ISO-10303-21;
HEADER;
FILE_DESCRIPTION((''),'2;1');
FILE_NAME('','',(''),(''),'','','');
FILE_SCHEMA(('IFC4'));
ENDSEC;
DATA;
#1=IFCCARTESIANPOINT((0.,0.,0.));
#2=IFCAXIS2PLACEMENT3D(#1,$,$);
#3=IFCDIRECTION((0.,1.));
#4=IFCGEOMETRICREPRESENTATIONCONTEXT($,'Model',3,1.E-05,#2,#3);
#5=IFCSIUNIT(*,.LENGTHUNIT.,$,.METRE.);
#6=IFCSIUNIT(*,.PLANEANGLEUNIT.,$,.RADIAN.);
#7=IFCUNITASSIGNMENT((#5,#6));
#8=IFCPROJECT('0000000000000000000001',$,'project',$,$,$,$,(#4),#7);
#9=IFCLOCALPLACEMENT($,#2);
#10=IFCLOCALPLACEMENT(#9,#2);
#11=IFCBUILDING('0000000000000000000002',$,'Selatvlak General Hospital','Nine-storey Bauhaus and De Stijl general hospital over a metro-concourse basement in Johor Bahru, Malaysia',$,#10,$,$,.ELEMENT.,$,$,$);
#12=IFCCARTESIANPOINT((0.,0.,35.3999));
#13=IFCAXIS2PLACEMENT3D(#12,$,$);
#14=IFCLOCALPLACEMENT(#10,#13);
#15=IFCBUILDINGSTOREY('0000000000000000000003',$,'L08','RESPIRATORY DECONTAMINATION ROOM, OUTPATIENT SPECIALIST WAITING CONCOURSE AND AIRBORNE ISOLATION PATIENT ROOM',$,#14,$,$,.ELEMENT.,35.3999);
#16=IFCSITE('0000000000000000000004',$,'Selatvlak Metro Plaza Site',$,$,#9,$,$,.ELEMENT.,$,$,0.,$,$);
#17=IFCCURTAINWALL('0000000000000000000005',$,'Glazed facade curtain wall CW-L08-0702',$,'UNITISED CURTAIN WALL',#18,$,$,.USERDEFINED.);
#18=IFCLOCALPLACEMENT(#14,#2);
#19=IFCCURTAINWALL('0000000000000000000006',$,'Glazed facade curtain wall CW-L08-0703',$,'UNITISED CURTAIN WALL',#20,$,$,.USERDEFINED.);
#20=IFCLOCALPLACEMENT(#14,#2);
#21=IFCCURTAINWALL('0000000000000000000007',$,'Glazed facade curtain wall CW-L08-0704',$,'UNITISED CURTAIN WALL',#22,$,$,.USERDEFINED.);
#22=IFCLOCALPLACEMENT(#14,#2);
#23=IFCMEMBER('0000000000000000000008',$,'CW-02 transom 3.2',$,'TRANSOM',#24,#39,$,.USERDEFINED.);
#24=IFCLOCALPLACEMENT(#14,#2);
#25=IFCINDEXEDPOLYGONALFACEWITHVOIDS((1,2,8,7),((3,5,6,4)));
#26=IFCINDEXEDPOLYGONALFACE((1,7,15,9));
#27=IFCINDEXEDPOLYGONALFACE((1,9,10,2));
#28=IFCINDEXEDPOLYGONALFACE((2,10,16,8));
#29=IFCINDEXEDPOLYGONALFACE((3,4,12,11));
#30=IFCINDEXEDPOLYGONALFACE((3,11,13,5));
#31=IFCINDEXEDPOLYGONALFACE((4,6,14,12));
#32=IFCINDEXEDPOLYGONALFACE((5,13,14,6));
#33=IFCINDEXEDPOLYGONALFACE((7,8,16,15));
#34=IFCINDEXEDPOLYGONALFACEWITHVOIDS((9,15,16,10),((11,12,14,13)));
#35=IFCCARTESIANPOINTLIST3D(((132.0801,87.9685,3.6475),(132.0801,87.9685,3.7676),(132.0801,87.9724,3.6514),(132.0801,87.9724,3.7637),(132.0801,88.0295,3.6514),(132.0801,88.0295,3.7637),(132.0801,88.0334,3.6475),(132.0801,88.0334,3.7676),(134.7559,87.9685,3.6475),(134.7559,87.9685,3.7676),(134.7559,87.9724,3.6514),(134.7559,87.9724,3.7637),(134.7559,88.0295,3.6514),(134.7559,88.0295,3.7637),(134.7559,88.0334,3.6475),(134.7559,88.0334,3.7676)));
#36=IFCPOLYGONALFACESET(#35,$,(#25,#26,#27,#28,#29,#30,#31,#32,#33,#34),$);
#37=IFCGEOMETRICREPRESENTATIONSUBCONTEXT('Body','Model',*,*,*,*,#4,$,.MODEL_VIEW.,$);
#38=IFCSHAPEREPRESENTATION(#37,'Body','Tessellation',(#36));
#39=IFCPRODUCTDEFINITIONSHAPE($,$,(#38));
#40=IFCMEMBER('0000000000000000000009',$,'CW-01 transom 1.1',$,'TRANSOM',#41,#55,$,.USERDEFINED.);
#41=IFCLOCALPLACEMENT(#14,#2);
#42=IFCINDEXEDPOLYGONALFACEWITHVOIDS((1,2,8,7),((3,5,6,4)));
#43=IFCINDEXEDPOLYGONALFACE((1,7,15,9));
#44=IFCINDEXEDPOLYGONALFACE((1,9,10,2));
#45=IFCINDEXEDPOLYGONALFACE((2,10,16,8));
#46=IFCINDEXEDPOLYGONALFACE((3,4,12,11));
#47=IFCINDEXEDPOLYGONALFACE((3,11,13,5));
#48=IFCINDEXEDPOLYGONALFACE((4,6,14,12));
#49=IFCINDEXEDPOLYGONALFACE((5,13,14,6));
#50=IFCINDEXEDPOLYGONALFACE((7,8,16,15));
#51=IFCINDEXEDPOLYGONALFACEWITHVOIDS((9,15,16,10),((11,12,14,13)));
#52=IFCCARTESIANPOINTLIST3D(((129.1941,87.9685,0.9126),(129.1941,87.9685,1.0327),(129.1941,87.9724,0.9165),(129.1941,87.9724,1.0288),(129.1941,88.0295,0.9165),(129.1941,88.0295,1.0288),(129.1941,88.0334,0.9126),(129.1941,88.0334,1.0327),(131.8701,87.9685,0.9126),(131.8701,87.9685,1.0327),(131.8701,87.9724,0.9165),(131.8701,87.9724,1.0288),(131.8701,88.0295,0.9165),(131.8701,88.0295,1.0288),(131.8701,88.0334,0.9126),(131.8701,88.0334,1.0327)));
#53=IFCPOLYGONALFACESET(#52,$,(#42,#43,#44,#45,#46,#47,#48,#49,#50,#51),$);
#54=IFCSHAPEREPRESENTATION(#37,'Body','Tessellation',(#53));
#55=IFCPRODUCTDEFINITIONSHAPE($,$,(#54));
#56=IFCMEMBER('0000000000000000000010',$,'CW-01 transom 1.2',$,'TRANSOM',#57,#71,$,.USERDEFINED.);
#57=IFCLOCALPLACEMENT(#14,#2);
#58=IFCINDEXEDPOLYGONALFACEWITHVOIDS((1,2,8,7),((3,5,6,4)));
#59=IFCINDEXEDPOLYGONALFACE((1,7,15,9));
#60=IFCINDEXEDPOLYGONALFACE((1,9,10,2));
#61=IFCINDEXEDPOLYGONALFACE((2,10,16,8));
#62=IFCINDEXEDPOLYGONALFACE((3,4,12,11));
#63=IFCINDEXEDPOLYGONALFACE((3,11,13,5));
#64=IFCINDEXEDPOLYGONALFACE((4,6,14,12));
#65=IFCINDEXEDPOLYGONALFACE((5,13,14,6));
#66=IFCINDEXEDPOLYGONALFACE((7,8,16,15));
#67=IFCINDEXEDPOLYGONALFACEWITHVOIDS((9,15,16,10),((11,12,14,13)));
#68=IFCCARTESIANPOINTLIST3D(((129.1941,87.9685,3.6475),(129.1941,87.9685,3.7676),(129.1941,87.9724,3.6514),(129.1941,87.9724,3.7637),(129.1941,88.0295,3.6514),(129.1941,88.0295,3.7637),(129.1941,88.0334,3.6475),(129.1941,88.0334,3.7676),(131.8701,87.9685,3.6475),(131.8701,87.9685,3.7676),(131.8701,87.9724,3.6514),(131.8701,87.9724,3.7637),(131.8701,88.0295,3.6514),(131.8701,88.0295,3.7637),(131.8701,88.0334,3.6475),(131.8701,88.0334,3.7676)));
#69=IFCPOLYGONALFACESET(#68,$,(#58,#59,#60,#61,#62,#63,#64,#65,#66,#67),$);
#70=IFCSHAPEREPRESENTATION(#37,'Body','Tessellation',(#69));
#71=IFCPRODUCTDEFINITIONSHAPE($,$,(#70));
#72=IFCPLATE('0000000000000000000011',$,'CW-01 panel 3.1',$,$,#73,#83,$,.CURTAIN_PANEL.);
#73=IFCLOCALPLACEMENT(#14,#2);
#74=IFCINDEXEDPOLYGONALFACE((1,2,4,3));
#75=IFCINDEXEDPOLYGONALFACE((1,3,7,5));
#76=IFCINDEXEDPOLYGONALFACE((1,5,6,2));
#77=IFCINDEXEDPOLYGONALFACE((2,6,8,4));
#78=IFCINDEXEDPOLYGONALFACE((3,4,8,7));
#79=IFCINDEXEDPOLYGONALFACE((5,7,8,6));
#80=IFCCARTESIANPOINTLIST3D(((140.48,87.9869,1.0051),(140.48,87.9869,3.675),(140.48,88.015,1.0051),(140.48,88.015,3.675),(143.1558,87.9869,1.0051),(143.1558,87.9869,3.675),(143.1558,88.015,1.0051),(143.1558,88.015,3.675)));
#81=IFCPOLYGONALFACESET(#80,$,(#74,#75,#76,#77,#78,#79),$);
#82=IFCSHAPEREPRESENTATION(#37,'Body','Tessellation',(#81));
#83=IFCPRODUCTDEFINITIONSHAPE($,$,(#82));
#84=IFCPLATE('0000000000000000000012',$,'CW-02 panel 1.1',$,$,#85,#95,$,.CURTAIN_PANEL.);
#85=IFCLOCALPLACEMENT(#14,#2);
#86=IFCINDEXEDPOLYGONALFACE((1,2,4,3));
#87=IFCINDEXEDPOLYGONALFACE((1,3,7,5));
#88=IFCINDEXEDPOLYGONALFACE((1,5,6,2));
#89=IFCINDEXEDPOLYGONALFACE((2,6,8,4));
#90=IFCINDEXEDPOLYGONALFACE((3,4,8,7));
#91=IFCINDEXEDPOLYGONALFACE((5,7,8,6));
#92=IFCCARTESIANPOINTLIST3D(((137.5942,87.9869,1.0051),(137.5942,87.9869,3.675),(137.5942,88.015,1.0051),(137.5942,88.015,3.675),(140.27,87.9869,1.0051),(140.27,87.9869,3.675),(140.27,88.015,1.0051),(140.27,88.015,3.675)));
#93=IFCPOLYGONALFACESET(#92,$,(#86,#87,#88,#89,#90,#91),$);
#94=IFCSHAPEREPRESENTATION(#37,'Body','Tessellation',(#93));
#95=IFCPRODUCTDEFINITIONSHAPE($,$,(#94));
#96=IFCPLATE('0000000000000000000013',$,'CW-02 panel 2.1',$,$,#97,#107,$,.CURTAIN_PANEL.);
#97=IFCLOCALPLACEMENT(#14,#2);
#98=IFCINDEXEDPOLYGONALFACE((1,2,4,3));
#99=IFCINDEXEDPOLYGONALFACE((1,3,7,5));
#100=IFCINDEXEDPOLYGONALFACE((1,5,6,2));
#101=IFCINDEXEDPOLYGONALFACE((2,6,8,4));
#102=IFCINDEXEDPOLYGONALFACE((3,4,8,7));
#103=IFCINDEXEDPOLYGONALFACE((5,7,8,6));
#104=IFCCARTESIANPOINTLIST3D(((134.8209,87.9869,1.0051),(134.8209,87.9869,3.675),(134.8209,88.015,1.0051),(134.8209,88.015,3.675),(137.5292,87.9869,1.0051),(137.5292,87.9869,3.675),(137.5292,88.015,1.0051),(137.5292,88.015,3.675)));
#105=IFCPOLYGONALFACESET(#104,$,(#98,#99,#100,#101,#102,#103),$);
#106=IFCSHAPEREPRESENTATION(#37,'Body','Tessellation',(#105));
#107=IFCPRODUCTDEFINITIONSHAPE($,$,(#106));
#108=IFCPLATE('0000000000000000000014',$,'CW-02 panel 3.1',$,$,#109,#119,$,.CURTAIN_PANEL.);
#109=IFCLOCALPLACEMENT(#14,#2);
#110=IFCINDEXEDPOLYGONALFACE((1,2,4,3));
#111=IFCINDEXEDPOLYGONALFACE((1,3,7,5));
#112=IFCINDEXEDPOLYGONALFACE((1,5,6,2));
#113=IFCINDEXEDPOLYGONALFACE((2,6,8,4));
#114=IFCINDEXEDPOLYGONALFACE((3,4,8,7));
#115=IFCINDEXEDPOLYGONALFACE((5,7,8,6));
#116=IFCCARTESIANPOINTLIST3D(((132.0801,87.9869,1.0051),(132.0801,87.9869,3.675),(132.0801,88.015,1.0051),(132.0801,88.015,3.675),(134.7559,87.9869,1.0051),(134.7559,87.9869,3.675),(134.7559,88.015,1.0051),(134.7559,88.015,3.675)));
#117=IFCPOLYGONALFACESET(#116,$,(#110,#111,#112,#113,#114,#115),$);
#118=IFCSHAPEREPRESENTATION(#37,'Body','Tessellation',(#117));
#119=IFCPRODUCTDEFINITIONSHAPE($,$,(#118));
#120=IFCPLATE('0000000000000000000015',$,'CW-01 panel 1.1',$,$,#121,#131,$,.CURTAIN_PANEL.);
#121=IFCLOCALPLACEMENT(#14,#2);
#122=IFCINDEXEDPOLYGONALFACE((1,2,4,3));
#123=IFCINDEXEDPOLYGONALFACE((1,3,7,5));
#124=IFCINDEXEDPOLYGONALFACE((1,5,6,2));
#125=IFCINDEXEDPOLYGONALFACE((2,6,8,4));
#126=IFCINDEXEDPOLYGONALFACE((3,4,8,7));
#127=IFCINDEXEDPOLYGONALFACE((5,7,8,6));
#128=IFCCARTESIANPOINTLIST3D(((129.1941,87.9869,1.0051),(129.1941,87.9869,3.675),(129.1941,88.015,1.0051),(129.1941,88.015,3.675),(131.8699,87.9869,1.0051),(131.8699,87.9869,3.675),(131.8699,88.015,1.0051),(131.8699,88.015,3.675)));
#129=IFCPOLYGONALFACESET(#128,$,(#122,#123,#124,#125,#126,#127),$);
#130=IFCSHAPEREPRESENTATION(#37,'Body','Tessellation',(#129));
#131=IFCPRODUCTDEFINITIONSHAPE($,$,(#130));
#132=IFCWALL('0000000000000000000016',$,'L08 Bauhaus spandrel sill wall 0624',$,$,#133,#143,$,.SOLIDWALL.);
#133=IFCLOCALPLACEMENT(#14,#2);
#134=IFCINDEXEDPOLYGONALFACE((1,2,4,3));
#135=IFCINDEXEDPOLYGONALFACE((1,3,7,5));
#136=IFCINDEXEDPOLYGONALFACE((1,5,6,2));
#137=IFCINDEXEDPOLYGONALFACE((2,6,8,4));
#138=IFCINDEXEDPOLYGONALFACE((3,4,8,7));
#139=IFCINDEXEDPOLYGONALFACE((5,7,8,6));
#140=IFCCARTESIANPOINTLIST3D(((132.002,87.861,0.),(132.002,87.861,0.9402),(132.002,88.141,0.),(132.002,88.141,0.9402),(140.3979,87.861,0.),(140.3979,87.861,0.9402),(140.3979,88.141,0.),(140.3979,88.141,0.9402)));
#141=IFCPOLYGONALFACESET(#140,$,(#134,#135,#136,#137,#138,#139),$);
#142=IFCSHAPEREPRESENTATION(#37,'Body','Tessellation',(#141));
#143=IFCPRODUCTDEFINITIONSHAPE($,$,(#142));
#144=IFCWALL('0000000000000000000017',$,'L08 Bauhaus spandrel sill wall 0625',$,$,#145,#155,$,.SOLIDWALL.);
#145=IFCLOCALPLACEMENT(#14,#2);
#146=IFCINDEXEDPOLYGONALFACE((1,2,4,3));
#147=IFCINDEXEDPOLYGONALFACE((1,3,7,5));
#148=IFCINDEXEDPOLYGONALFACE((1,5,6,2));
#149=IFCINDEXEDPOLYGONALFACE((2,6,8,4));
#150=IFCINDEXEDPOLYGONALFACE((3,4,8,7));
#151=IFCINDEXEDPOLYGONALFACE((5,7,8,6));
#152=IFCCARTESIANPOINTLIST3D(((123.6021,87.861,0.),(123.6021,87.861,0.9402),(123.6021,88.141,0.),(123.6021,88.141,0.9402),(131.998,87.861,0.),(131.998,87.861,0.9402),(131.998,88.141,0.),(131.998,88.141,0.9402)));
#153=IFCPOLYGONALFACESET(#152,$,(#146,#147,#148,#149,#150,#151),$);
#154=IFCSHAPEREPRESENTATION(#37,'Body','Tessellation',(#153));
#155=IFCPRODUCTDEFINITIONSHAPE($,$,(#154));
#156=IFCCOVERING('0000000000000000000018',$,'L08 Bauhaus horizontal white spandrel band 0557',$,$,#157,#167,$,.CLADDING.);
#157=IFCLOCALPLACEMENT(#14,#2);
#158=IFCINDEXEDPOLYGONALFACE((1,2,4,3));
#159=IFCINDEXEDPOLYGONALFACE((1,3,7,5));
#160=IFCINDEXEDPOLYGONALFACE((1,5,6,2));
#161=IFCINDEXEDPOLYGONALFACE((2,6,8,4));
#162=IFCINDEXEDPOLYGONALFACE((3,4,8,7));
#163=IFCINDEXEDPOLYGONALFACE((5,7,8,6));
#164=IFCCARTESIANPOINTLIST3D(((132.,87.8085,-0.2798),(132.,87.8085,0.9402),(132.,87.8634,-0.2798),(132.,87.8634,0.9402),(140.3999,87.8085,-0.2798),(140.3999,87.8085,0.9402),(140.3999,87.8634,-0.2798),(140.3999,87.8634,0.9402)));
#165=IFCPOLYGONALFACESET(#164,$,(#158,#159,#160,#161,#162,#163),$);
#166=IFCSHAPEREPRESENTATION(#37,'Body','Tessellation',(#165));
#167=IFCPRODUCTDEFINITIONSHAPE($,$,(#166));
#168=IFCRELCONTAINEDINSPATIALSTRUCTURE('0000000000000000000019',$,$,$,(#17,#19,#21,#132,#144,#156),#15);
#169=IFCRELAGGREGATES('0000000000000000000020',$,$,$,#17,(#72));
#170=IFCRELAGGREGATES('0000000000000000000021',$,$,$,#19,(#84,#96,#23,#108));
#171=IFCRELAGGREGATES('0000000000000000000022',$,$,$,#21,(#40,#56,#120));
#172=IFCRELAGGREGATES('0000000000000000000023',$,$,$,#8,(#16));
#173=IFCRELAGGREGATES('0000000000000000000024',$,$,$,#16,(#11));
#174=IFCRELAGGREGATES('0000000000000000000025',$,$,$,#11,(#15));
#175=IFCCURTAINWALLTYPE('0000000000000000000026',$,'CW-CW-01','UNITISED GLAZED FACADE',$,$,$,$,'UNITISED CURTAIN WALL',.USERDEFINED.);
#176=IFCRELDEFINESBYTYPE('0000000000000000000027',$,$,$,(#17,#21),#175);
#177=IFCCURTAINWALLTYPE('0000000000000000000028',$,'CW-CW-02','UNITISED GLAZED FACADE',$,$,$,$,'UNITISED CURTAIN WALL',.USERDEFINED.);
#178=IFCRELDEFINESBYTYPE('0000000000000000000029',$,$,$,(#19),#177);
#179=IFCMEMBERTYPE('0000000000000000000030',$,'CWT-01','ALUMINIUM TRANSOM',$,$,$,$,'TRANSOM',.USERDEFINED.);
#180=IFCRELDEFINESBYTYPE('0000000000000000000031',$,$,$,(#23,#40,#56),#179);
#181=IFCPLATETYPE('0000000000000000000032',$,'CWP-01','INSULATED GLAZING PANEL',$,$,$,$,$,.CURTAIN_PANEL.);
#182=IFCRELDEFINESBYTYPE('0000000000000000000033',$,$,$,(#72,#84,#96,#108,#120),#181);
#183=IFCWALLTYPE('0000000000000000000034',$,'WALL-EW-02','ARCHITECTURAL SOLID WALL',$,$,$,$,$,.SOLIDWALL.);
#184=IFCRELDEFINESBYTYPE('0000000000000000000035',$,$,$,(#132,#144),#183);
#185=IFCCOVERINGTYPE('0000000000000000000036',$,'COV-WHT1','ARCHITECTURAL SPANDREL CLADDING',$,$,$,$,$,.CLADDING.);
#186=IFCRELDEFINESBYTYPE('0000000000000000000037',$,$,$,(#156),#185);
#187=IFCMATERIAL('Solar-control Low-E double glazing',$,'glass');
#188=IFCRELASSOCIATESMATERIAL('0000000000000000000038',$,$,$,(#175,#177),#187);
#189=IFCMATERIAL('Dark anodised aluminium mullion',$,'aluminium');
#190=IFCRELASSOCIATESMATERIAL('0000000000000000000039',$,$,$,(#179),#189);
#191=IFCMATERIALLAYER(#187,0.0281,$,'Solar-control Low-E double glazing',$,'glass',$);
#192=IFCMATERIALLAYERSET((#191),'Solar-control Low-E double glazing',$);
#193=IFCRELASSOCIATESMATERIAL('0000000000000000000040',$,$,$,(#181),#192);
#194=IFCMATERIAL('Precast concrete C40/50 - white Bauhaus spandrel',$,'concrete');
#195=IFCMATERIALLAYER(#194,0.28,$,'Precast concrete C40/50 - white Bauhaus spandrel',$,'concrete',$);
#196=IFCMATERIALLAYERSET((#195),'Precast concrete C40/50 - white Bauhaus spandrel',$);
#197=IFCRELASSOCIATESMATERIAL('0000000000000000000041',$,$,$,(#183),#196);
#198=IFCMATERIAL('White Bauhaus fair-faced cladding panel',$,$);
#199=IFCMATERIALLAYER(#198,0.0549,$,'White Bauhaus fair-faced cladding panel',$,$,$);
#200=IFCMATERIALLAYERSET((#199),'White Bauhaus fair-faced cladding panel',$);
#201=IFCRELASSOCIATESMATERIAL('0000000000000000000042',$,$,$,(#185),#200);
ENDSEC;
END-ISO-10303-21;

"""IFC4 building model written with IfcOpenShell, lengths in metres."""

from ifc_helpers import new_model, si_unit, direction, frame, frame_2d, origin, origin_2d, place, context, subcontext, project, spatial, rectangle, hollow_rectangle, extrude, material, layer, layer_set, material_profile, profile_set, type_object, element, aggregate, save


model = new_model("IFC4")

# Units and contexts
model_context = context("Model", 3, precision=1e-05, world=origin(), true_north=direction((0.0, 1.0)))
body_context = subcontext(model_context, "Body", "Model", "MODEL_VIEW")
ifc_project = project(units=[si_unit("LENGTHUNIT", "METRE"), si_unit("PLANEANGLEUNIT", "RADIAN")], contexts=[model_context])

# Site, building, storey
site_placement = place(None, origin())
site = spatial("IfcSite", under=ifc_project, at=site_placement, Name="Selatvlak Metro Plaza Site", CompositionType="ELEMENT", RefElevation=0.0)
building_placement = place(site_placement, origin())
building = spatial("IfcBuilding", under=site, at=building_placement, Name="Selatvlak General Hospital", Description="Nine-storey Bauhaus and De Stijl general hospital over a metro-concourse basement in Johor Bahru, Malaysia", CompositionType="ELEMENT")
storey_placement = place(building_placement, frame((0.0, 0.0, 35.3999)))
storey = spatial("IfcBuildingStorey", under=building, at=storey_placement, Name="L08", Description="RESPIRATORY DECONTAMINATION ROOM, OUTPATIENT SPECIALIST WAITING CONCOURSE AND AIRBORNE ISOLATION PATIENT ROOM", CompositionType="ELEMENT", Elevation=35.3999)

# Curtain walls
ifc_material_1 = material(Name="Solar-control Low-E double glazing", Category="glass")
curtain_wall_type_1 = type_object("IfcCurtainWallType", Name="CW-CW-01", Description="UNITISED GLAZED FACADE", ElementType="UNITISED CURTAIN WALL", PredefinedType="USERDEFINED", material=ifc_material_1)
curtain_wall_1_placement = place(storey_placement, origin())
curtain_wall_1 = element("IfcCurtainWall", 1, at=curtain_wall_1_placement, inside=storey, type_object=curtain_wall_type_1, Name="Glazed facade curtain wall CW-L08-0702", ObjectType="UNITISED CURTAIN WALL", PredefinedType="USERDEFINED")
ifc_material_2 = material(Name="Dark anodised aluminium mullion", Category="aluminium")
curtain_wall_type_2 = type_object("IfcCurtainWallType", Name="CW-CW-02", Description="UNITISED GLAZED FACADE", ElementType="UNITISED CURTAIN WALL", PredefinedType="USERDEFINED", material=ifc_material_1)
curtain_wall_2_placement = place(storey_placement, origin())
curtain_wall_2 = element("IfcCurtainWall", 2, at=curtain_wall_2_placement, inside=storey, type_object=curtain_wall_type_2, Name="Glazed facade curtain wall CW-L08-0703", ObjectType="UNITISED CURTAIN WALL", PredefinedType="USERDEFINED")
curtain_wall_3_placement = place(storey_placement, origin())
curtain_wall_3 = element("IfcCurtainWall", 3, at=curtain_wall_3_placement, inside=storey, type_object=curtain_wall_type_1, Name="Glazed facade curtain wall CW-L08-0704", ObjectType="UNITISED CURTAIN WALL", PredefinedType="USERDEFINED")

# Members
ifc_material_profile_1 = material_profile(ifc_material_2, hollow_rectangle(XDim=0.0649, YDim=0.1201, WallThickness=0.0039, at=origin_2d()), Name="AL-TRN 65x120x4")
ifc_profile_set_1 = profile_set([ifc_material_profile_1], Name="Dark anodised aluminium mullion")
member_type_1 = type_object("IfcMemberType", Name="CWT-01", Description="ALUMINIUM TRANSOM", ElementType="TRANSOM", PredefinedType="USERDEFINED", material=ifc_profile_set_1)
member_1_placement = place(storey_placement, frame((134.7559, 88.001, 3.7075), z_axis=(-1.0, 0.0, 0.0), x_axis=(0.0, -1.0, 0.0)))
member_1 = element("IfcMember", 4, at=member_1_placement, type_object=member_type_1, Name="CW-02 transom 3.2", ObjectType="TRANSOM", PredefinedType="USERDEFINED", context=body_context, shape_type="SweptSolid", body=[
    extrude(hollow_rectangle(XDim=0.0649, YDim=0.1201, WallThickness=0.0039, at=origin_2d()), origin(), (0.0, 0.0, 1.0), 2.6758),
])
member_2_placement = place(storey_placement, frame((131.8701, 88.001, 0.9727), z_axis=(-1.0, 0.0, 0.0), x_axis=(0.0, -1.0, 0.0)))
member_2 = element("IfcMember", 5, at=member_2_placement, type_object=member_type_1, Name="CW-01 transom 1.1", ObjectType="TRANSOM", PredefinedType="USERDEFINED", context=body_context, shape_type="SweptSolid", body=[
    extrude(hollow_rectangle(XDim=0.0649, YDim=0.1201, WallThickness=0.0039, at=origin_2d()), origin(), (0.0, 0.0, 1.0), 2.676),
])
member_3_placement = place(storey_placement, frame((131.8701, 88.001, 3.7075), z_axis=(-1.0, 0.0, 0.0), x_axis=(0.0, -1.0, 0.0)))
member_3 = element("IfcMember", 6, at=member_3_placement, type_object=member_type_1, Name="CW-01 transom 1.2", ObjectType="TRANSOM", PredefinedType="USERDEFINED", context=body_context, shape_type="SweptSolid", body=[
    extrude(hollow_rectangle(XDim=0.0649, YDim=0.1201, WallThickness=0.0039, at=origin_2d()), origin(), (0.0, 0.0, 1.0), 2.676),
])

# Plates
ifc_layer_1 = layer(ifc_material_1, 0.0281, Name="Solar-control Low-E double glazing", Category="glass")
ifc_layer_set_1 = layer_set([ifc_layer_1], Name="Solar-control Low-E double glazing")
plate_type = type_object("IfcPlateType", Name="CWP-01", Description="INSULATED GLAZING PANEL", PredefinedType="CURTAIN_PANEL", material=ifc_layer_set_1)
plate_1_placement = place(storey_placement, frame((141.8179, 88.001, 1.0051), z_axis=(0.0, 0.0, 1.0), x_axis=(-1.0, 0.0, 0.0)))
plate_1 = element("IfcPlate", 7, at=plate_1_placement, type_object=plate_type, Name="CW-01 panel 3.1", PredefinedType="CURTAIN_PANEL", context=body_context, shape_type="SweptSolid", body=[
    extrude(rectangle(XDim=2.6758, YDim=0.0281, at=origin_2d()), origin(), (0.0, 0.0, 1.0), 2.6699),
])
aggregate(curtain_wall_1, [plate_1])
plate_2_placement = place(storey_placement, frame((138.9321, 88.001, 1.0051), z_axis=(0.0, 0.0, 1.0), x_axis=(-1.0, 0.0, 0.0)))
plate_2 = element("IfcPlate", 8, at=plate_2_placement, type_object=plate_type, Name="CW-02 panel 1.1", PredefinedType="CURTAIN_PANEL", context=body_context, shape_type="SweptSolid", body=[
    extrude(rectangle(XDim=2.6758, YDim=0.0281, at=origin_2d()), origin(), (0.0, 0.0, 1.0), 2.6699),
])
plate_3_placement = place(storey_placement, frame((136.175, 88.001, 1.0051), z_axis=(0.0, 0.0, 1.0), x_axis=(-1.0, 0.0, 0.0)))
plate_3 = element("IfcPlate", 9, at=plate_3_placement, type_object=plate_type, Name="CW-02 panel 2.1", PredefinedType="CURTAIN_PANEL", context=body_context, shape_type="SweptSolid", body=[
    extrude(rectangle(XDim=2.7083, YDim=0.0281, at=origin_2d()), origin(), (0.0, 0.0, 1.0), 2.6699),
])
plate_4_placement = place(storey_placement, frame((133.418, 88.001, 1.0051), z_axis=(0.0, 0.0, 1.0), x_axis=(-1.0, 0.0, 0.0)))
plate_4 = element("IfcPlate", 10, at=plate_4_placement, type_object=plate_type, Name="CW-02 panel 3.1", PredefinedType="CURTAIN_PANEL", context=body_context, shape_type="SweptSolid", body=[
    extrude(rectangle(XDim=2.6758, YDim=0.0281, at=origin_2d()), origin(), (0.0, 0.0, 1.0), 2.6699),
])
aggregate(curtain_wall_2, [plate_2, plate_3, member_1, plate_4])
plate_5_placement = place(storey_placement, frame((130.532, 88.001, 1.0051), z_axis=(0.0, 0.0, 1.0), x_axis=(-1.0, 0.0, 0.0)))
plate_5 = element("IfcPlate", 11, at=plate_5_placement, type_object=plate_type, Name="CW-01 panel 1.1", PredefinedType="CURTAIN_PANEL", context=body_context, shape_type="SweptSolid", body=[
    extrude(rectangle(XDim=2.6758, YDim=0.0281, at=origin_2d()), origin(), (0.0, 0.0, 1.0), 2.6699),
])
aggregate(curtain_wall_3, [member_2, member_3, plate_5])

# Walls
ifc_material_3 = material(Name="Precast concrete C40/50 - white Bauhaus spandrel", Category="concrete")
ifc_layer_2 = layer(ifc_material_3, 0.28, Name="Precast concrete C40/50 - white Bauhaus spandrel", Category="concrete")
ifc_layer_set_2 = layer_set([ifc_layer_2], Name="Precast concrete C40/50 - white Bauhaus spandrel")
wall_type = type_object("IfcWallType", Name="WALL-EW-02", Description="ARCHITECTURAL SOLID WALL", PredefinedType="SOLIDWALL", material=ifc_layer_set_2)
for number, where, z_axis, x_axis, name in (
    (12, (140.3979, 88.001, 0.0), (0.0, 0.0, 1.0), (-1.0, 0.0, 0.0), "L08 Bauhaus spandrel sill wall 0624"),
    (13, (131.998, 88.001, 0.0), (0.0, 0.0, 1.0), (-1.0, 0.0, 0.0), "L08 Bauhaus spandrel sill wall 0625"),
):
    element("IfcWall", number, at=place(storey_placement, frame(where, z_axis=z_axis, x_axis=x_axis)), inside=storey, type_object=wall_type, Name=name, PredefinedType="SOLIDWALL", context=body_context, shape_type="SweptSolid", body=[
        extrude(rectangle(XDim=8.396, YDim=0.28, at=frame_2d((4.198, 0.0))), origin(), (0.0, 0.0, 1.0), 0.9402),
    ])

# Covering
ifc_material_4 = material(Name="White Bauhaus fair-faced cladding panel")
ifc_layer_3 = layer(ifc_material_4, 0.0549, Name="White Bauhaus fair-faced cladding panel")
ifc_layer_set_3 = layer_set([ifc_layer_3], Name="White Bauhaus fair-faced cladding panel")
covering_type = type_object("IfcCoveringType", Name="COV-WHT1", Description="ARCHITECTURAL SPANDREL CLADDING", PredefinedType="CLADDING", material=ifc_layer_set_3)
covering_placement = place(storey_placement, frame((136.2, 87.8359, -0.2798), z_axis=(0.0, 0.0, 1.0), x_axis=(-1.0, 0.0, 0.0)))
element("IfcCovering", 14, at=covering_placement, inside=storey, type_object=covering_type, Name="L08 Bauhaus horizontal white spandrel band 0557", PredefinedType="CLADDING", context=body_context, shape_type="SweptSolid", body=[
    extrude(rectangle(XDim=8.3999, YDim=0.0549, at=origin_2d()), origin(), (0.0, 0.0, 1.0), 1.22),
])

save(model, "model.ifc")
